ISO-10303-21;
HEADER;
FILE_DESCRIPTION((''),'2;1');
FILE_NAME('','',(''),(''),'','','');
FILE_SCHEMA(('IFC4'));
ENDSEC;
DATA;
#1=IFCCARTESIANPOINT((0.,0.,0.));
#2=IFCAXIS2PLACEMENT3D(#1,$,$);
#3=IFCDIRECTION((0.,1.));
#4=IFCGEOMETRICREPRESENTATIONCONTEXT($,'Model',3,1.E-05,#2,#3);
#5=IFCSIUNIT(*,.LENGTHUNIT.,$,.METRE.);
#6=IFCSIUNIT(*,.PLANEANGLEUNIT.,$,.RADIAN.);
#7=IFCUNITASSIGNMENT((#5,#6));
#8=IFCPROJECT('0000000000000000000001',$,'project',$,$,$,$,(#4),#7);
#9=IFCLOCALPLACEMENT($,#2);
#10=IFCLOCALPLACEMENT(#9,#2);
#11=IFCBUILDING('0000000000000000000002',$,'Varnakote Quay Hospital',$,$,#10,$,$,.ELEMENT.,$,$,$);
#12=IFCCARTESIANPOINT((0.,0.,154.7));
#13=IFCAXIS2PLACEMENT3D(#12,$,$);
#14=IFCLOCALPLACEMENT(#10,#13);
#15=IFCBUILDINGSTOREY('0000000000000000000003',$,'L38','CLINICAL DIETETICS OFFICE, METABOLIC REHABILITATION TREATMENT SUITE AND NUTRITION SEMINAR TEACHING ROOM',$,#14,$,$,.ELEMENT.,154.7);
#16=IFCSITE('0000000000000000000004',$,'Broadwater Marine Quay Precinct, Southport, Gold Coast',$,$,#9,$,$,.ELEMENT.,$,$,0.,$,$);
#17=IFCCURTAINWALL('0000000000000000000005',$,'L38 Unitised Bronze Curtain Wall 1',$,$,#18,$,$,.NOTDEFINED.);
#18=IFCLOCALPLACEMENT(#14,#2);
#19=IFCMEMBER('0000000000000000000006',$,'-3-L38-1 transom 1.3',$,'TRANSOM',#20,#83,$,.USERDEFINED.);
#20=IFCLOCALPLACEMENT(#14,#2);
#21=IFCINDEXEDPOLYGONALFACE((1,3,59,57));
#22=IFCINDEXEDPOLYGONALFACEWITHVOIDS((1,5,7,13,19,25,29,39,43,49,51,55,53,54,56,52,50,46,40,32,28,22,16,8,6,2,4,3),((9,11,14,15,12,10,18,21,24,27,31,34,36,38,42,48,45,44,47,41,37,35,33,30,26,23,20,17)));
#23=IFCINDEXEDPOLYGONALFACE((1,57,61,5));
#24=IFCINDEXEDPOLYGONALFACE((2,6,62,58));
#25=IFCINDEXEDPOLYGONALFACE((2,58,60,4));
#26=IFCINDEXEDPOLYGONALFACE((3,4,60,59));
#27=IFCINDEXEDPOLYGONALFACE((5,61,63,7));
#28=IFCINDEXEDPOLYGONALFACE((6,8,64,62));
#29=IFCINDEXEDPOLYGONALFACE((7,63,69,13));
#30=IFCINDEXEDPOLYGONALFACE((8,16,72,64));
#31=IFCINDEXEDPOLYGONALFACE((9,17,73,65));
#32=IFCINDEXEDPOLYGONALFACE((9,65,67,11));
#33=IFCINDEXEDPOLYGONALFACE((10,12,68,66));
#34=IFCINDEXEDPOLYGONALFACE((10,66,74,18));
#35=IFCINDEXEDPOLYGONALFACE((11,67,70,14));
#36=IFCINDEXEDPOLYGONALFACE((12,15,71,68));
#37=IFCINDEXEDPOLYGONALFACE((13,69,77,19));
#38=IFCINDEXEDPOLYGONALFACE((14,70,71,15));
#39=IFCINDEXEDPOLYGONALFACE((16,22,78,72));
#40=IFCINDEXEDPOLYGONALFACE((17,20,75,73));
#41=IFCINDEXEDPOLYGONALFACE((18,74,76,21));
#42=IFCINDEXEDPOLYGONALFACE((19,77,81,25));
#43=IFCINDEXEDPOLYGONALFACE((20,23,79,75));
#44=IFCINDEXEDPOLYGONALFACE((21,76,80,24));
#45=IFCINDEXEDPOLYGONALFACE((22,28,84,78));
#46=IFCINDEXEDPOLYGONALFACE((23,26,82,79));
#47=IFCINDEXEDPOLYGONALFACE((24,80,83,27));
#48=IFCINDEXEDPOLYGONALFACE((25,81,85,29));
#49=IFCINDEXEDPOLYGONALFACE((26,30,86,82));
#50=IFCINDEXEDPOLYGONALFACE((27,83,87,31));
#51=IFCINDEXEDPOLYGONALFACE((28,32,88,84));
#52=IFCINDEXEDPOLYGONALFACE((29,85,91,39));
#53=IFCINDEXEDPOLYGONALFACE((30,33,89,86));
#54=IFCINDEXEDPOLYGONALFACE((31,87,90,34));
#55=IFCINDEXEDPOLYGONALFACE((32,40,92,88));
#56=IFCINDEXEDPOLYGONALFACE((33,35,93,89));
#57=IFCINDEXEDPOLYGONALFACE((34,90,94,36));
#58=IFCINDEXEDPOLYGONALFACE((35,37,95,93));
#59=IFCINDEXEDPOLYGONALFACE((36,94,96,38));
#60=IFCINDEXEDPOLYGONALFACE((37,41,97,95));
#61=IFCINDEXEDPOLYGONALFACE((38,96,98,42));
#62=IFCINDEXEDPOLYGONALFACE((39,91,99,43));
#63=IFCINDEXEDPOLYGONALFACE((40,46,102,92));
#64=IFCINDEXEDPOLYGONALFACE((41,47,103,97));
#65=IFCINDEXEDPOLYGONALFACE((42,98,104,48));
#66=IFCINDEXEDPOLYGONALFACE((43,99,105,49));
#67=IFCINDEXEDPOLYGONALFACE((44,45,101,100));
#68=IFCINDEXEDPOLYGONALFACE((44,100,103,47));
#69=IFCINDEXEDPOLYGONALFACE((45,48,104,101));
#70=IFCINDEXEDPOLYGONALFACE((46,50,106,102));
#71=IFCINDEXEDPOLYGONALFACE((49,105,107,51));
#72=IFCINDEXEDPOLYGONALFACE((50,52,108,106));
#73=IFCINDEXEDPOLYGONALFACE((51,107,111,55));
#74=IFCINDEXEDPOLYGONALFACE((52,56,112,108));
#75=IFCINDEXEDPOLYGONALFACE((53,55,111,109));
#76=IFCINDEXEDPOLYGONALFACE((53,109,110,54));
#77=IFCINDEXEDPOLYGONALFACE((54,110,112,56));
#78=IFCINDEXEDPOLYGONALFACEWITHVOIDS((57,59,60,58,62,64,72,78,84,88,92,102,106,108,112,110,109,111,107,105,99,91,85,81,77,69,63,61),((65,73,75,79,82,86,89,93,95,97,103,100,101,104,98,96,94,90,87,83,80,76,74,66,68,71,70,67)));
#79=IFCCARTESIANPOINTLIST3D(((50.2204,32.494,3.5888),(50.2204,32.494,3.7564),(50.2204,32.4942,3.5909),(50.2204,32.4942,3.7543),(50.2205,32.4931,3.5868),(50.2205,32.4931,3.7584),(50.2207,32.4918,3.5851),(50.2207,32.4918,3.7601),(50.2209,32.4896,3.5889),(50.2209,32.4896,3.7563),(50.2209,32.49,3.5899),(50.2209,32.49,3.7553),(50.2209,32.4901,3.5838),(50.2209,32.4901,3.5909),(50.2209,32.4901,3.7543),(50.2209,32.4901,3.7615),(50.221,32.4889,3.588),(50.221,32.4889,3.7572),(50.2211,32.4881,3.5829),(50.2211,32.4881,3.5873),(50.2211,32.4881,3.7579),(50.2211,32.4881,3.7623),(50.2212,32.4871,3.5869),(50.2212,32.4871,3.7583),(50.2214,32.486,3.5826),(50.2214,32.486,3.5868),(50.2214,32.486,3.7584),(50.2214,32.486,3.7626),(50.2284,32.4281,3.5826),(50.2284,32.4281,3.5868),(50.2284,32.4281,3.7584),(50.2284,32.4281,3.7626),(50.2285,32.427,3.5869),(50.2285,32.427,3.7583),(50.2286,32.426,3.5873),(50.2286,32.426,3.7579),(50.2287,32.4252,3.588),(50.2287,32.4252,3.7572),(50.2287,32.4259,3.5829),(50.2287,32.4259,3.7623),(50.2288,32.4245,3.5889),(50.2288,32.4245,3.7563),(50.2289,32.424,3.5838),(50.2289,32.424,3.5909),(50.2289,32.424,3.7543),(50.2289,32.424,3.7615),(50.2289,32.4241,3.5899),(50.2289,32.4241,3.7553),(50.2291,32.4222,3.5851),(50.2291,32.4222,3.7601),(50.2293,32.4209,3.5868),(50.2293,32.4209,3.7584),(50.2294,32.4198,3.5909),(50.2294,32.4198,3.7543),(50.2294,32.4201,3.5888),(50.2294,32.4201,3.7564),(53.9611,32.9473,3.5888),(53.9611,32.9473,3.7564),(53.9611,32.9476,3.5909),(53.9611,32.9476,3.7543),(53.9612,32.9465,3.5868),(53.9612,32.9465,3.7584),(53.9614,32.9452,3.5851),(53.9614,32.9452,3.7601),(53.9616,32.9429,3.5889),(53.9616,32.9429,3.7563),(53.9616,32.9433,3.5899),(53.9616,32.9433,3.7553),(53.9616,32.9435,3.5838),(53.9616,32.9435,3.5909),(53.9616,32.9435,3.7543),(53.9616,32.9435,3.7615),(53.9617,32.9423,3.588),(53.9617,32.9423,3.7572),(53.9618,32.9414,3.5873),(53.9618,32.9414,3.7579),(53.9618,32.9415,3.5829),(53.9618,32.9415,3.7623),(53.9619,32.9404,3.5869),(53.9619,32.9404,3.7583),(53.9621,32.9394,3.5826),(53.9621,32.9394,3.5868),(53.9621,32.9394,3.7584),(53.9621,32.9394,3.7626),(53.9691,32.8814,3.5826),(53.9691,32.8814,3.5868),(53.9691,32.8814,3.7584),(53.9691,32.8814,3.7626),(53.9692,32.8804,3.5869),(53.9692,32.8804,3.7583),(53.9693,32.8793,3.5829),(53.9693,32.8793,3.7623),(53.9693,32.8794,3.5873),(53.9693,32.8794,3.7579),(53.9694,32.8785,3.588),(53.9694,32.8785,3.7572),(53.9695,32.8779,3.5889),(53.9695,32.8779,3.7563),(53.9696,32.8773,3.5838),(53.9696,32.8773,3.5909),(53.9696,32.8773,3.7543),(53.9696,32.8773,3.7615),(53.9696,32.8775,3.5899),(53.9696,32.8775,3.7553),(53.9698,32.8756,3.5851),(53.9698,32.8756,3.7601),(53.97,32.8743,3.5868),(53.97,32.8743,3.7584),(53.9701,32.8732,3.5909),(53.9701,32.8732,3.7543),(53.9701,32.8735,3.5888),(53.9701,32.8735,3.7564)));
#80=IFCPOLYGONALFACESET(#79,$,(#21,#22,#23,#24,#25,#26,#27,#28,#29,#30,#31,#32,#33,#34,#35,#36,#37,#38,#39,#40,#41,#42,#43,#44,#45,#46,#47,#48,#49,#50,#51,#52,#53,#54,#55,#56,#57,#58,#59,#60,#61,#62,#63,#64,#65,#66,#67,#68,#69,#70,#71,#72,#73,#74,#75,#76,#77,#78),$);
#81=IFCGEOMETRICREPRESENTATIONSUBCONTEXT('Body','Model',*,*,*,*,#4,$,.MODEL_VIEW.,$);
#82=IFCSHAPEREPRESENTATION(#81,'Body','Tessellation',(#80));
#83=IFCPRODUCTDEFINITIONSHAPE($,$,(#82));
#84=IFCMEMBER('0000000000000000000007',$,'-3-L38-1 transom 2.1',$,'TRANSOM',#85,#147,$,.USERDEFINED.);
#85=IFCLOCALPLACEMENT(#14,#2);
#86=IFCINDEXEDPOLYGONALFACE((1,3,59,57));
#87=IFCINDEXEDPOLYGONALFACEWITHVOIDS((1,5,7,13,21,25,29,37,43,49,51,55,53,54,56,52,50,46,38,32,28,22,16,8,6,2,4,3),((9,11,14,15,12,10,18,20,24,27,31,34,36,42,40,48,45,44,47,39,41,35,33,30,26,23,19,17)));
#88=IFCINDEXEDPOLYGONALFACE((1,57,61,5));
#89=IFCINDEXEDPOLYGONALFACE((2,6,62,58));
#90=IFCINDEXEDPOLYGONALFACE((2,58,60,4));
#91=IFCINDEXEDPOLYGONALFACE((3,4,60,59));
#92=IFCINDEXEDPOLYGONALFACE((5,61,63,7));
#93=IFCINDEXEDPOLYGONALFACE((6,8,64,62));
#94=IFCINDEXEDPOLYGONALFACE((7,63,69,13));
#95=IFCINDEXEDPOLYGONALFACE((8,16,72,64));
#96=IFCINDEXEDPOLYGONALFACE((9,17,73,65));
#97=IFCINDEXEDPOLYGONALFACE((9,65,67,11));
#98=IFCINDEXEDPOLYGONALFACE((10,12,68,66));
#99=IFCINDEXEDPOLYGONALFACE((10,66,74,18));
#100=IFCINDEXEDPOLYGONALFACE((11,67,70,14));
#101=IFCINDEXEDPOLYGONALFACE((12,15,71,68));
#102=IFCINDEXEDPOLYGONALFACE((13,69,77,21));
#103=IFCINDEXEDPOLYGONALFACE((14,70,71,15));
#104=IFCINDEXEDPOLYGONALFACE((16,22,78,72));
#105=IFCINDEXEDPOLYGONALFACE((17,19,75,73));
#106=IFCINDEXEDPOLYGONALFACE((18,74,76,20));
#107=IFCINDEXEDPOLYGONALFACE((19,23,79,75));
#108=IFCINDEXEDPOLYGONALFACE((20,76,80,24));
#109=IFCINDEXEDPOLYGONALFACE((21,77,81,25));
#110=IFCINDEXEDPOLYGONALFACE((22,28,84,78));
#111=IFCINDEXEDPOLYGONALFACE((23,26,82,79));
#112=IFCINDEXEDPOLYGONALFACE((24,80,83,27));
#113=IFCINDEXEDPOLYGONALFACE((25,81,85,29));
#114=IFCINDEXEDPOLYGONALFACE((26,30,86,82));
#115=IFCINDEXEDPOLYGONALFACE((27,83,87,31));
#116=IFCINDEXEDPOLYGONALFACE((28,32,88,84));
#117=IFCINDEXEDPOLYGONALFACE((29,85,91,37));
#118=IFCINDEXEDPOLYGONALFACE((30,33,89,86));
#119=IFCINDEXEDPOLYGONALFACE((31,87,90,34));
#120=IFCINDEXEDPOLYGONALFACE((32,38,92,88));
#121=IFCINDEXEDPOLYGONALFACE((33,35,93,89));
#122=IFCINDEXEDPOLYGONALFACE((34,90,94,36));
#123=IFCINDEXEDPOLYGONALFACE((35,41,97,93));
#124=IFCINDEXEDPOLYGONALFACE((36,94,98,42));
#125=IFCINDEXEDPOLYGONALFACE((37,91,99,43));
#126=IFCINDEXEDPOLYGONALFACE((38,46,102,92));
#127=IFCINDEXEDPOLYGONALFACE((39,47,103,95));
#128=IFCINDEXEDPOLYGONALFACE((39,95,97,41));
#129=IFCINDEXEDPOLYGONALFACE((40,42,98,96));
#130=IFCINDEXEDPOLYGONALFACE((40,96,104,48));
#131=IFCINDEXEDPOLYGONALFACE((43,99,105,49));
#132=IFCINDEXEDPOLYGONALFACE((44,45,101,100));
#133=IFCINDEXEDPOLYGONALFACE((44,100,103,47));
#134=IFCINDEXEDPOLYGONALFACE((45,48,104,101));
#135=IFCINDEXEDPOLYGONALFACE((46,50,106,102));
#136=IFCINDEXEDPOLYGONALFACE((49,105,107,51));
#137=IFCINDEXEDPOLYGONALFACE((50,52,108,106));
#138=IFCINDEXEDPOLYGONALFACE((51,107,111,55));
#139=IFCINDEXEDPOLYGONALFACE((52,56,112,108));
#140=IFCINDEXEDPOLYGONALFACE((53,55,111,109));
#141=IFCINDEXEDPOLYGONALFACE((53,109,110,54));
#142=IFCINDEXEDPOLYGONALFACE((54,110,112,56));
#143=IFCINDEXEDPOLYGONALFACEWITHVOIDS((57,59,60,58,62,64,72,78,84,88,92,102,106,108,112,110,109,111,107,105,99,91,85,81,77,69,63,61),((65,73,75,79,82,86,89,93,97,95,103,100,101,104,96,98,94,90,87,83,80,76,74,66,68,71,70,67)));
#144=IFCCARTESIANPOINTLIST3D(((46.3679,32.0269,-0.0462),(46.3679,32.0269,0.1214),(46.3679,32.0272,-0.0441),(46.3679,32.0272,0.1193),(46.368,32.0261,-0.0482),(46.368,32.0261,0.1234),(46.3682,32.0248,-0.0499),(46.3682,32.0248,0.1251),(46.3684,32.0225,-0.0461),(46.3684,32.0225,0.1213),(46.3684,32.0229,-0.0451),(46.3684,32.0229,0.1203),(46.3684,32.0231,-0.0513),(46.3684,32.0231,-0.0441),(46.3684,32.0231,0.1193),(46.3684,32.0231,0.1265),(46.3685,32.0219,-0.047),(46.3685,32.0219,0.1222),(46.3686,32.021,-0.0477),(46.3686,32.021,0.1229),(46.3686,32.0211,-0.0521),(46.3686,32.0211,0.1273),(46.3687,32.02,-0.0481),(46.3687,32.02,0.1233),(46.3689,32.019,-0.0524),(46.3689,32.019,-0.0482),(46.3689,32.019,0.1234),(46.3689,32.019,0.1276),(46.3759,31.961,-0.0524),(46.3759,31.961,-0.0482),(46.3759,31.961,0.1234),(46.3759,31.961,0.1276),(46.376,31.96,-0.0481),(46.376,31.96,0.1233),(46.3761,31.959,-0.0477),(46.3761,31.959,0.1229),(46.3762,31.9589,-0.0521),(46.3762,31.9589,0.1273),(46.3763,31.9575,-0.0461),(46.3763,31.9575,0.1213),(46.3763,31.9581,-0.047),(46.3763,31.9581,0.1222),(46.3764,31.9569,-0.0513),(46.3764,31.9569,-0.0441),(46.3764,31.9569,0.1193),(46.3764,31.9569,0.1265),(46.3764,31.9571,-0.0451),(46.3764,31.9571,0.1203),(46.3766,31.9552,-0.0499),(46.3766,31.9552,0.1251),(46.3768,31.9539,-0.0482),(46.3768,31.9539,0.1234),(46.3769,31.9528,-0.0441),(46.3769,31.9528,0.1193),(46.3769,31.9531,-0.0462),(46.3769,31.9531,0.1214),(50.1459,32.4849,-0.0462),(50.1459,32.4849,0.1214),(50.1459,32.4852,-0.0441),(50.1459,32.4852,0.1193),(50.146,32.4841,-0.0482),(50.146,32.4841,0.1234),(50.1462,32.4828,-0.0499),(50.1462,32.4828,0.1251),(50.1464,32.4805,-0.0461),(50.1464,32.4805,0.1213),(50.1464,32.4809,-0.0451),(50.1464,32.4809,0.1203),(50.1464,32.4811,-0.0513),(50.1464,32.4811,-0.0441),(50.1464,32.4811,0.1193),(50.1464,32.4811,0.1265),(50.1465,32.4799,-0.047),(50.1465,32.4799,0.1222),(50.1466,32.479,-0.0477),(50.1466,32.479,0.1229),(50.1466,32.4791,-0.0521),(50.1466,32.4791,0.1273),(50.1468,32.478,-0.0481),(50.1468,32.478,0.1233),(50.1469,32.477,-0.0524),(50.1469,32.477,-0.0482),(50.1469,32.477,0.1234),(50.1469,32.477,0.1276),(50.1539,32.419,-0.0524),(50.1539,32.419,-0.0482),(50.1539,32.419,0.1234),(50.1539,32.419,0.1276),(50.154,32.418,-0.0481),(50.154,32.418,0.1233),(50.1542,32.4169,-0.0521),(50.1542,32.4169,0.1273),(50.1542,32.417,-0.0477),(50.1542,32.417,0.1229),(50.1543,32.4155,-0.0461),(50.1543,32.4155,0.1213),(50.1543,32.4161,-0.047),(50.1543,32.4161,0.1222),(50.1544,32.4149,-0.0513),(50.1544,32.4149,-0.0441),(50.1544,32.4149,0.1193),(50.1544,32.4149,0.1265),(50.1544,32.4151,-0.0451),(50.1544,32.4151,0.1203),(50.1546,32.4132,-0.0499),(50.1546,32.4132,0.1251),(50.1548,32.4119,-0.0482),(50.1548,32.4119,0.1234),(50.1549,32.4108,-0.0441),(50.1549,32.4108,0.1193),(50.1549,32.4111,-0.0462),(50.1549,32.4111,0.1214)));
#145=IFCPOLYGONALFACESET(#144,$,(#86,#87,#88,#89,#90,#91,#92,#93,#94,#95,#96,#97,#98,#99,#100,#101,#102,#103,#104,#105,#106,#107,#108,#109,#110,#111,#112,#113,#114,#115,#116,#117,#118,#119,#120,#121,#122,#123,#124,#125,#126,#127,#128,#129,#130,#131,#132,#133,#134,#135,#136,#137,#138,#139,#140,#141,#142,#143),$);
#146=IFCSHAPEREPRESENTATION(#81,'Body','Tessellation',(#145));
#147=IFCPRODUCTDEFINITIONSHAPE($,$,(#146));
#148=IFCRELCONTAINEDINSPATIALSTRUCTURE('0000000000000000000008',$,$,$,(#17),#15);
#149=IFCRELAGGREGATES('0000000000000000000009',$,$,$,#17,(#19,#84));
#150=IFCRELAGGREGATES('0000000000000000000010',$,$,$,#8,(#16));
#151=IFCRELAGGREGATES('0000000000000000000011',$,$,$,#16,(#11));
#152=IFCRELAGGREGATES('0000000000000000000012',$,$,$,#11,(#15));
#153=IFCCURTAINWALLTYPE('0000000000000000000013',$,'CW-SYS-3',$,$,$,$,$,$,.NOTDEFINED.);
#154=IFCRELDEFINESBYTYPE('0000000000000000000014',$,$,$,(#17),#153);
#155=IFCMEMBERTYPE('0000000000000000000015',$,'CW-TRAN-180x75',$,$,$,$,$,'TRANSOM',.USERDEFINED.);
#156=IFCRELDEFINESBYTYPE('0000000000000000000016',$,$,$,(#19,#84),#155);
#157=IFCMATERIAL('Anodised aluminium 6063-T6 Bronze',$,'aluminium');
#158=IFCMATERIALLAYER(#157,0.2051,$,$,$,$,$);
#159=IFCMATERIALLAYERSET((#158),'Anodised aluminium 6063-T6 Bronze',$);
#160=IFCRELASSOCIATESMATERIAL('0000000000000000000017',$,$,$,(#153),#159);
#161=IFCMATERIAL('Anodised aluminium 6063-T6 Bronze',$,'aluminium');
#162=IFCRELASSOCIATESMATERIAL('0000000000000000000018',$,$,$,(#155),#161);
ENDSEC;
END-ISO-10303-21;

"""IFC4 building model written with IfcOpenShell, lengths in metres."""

from ifc_helpers import new_model, si_unit, direction, frame, origin, origin_2d, place, context, subcontext, project, spatial, hollow_rectangle, extrude, material, layer, layer_set, material_profile, profile_set, type_object, element, aggregate, save


model = new_model("IFC4")

# Units and contexts
model_context = context("Model", 3, precision=1e-05, world=origin(), true_north=direction((0.0, 1.0)))
body_context = subcontext(model_context, "Body", "Model", "MODEL_VIEW")
ifc_project = project(units=[si_unit("LENGTHUNIT", "METRE"), si_unit("PLANEANGLEUNIT", "RADIAN")], contexts=[model_context])

# Site, building, storey
site_placement = place(None, origin())
site = spatial("IfcSite", under=ifc_project, at=site_placement, Name="Broadwater Marine Quay Precinct, Southport, Gold Coast", CompositionType="ELEMENT", RefElevation=0.0)
building_placement = place(site_placement, origin())
building = spatial("IfcBuilding", under=site, at=building_placement, Name="Varnakote Quay Hospital", CompositionType="ELEMENT")
storey_placement = place(building_placement, frame((0.0, 0.0, 154.7)))
storey = spatial("IfcBuildingStorey", under=building, at=storey_placement, Name="L38", Description="CLINICAL DIETETICS OFFICE, METABOLIC REHABILITATION TREATMENT SUITE AND NUTRITION SEMINAR TEACHING ROOM", CompositionType="ELEMENT", Elevation=154.7)

# Curtain wall, members
ifc_material_1 = material(Name="Anodised aluminium 6063-T6 Bronze", Category="aluminium")
ifc_layer_1 = layer(ifc_material_1, 0.2051)
ifc_layer_set_1 = layer_set([ifc_layer_1], Name="Anodised aluminium 6063-T6 Bronze")
curtain_wall_type = type_object("IfcCurtainWallType", Name="CW-SYS-3", PredefinedType="NOTDEFINED", material=ifc_layer_set_1)
curtain_wall_placement = place(storey_placement, origin())
curtain_wall = element("IfcCurtainWall", 1, at=curtain_wall_placement, inside=storey, type_object=curtain_wall_type, Name="L38 Unitised Bronze Curtain Wall 1", PredefinedType="NOTDEFINED")
ifc_material_2 = material(Name="Anodised aluminium 6063-T6 Bronze", Category="aluminium")
ifc_material_profile_1 = material_profile(ifc_material_2, hollow_rectangle(XDim=0.075, YDim=0.1799, WallThickness=0.0042, InnerFilletRadius=0.0042, OuterFilletRadius=0.0083, at=origin_2d()), Name="CW-TRAN-180x75")
ifc_profile_set_1 = profile_set([ifc_material_profile_1], Name="Anodised aluminium 6063-T6 Bronze")
member_type_1 = type_object("IfcMemberType", Name="CW-TRAN-180x75", ElementType="TRANSOM", PredefinedType="USERDEFINED", material=ifc_profile_set_1)
member_1_placement = place(storey_placement, frame((53.9656, 32.9104, 3.6726), z_axis=(-0.992735, -0.120318, 0.0), x_axis=(0.120318, -0.992735, 0.0)))
member_1 = element("IfcMember", 2, at=member_1_placement, type_object=member_type_1, Name="-3-L38-1 transom 1.3", ObjectType="TRANSOM", PredefinedType="USERDEFINED", context=body_context, shape_type="SweptSolid", body=[
    extrude(hollow_rectangle(XDim=0.075, YDim=0.1799, WallThickness=0.0042, InnerFilletRadius=0.0042, OuterFilletRadius=0.0083, at=origin_2d()), origin(), (0.0, 0.0, 1.0), 3.7681),
])
member_2_placement = place(storey_placement, frame((50.1504, 32.448, 0.0376), z_axis=(-0.992732, -0.120347, 0.0), x_axis=(0.120347, -0.992732, 0.0)))
member_2 = element("IfcMember", 3, at=member_2_placement, type_object=member_type_1, Name="-3-L38-1 transom 2.1", ObjectType="TRANSOM", PredefinedType="USERDEFINED", context=body_context, shape_type="SweptSolid", body=[
    extrude(hollow_rectangle(XDim=0.075, YDim=0.1799, WallThickness=0.0042, InnerFilletRadius=0.0042, OuterFilletRadius=0.0083, at=origin_2d()), origin(), (0.0, 0.0, 1.0), 3.8057),
])
aggregate(curtain_wall, [member_1, member_2])

save(model, "model.ifc")
